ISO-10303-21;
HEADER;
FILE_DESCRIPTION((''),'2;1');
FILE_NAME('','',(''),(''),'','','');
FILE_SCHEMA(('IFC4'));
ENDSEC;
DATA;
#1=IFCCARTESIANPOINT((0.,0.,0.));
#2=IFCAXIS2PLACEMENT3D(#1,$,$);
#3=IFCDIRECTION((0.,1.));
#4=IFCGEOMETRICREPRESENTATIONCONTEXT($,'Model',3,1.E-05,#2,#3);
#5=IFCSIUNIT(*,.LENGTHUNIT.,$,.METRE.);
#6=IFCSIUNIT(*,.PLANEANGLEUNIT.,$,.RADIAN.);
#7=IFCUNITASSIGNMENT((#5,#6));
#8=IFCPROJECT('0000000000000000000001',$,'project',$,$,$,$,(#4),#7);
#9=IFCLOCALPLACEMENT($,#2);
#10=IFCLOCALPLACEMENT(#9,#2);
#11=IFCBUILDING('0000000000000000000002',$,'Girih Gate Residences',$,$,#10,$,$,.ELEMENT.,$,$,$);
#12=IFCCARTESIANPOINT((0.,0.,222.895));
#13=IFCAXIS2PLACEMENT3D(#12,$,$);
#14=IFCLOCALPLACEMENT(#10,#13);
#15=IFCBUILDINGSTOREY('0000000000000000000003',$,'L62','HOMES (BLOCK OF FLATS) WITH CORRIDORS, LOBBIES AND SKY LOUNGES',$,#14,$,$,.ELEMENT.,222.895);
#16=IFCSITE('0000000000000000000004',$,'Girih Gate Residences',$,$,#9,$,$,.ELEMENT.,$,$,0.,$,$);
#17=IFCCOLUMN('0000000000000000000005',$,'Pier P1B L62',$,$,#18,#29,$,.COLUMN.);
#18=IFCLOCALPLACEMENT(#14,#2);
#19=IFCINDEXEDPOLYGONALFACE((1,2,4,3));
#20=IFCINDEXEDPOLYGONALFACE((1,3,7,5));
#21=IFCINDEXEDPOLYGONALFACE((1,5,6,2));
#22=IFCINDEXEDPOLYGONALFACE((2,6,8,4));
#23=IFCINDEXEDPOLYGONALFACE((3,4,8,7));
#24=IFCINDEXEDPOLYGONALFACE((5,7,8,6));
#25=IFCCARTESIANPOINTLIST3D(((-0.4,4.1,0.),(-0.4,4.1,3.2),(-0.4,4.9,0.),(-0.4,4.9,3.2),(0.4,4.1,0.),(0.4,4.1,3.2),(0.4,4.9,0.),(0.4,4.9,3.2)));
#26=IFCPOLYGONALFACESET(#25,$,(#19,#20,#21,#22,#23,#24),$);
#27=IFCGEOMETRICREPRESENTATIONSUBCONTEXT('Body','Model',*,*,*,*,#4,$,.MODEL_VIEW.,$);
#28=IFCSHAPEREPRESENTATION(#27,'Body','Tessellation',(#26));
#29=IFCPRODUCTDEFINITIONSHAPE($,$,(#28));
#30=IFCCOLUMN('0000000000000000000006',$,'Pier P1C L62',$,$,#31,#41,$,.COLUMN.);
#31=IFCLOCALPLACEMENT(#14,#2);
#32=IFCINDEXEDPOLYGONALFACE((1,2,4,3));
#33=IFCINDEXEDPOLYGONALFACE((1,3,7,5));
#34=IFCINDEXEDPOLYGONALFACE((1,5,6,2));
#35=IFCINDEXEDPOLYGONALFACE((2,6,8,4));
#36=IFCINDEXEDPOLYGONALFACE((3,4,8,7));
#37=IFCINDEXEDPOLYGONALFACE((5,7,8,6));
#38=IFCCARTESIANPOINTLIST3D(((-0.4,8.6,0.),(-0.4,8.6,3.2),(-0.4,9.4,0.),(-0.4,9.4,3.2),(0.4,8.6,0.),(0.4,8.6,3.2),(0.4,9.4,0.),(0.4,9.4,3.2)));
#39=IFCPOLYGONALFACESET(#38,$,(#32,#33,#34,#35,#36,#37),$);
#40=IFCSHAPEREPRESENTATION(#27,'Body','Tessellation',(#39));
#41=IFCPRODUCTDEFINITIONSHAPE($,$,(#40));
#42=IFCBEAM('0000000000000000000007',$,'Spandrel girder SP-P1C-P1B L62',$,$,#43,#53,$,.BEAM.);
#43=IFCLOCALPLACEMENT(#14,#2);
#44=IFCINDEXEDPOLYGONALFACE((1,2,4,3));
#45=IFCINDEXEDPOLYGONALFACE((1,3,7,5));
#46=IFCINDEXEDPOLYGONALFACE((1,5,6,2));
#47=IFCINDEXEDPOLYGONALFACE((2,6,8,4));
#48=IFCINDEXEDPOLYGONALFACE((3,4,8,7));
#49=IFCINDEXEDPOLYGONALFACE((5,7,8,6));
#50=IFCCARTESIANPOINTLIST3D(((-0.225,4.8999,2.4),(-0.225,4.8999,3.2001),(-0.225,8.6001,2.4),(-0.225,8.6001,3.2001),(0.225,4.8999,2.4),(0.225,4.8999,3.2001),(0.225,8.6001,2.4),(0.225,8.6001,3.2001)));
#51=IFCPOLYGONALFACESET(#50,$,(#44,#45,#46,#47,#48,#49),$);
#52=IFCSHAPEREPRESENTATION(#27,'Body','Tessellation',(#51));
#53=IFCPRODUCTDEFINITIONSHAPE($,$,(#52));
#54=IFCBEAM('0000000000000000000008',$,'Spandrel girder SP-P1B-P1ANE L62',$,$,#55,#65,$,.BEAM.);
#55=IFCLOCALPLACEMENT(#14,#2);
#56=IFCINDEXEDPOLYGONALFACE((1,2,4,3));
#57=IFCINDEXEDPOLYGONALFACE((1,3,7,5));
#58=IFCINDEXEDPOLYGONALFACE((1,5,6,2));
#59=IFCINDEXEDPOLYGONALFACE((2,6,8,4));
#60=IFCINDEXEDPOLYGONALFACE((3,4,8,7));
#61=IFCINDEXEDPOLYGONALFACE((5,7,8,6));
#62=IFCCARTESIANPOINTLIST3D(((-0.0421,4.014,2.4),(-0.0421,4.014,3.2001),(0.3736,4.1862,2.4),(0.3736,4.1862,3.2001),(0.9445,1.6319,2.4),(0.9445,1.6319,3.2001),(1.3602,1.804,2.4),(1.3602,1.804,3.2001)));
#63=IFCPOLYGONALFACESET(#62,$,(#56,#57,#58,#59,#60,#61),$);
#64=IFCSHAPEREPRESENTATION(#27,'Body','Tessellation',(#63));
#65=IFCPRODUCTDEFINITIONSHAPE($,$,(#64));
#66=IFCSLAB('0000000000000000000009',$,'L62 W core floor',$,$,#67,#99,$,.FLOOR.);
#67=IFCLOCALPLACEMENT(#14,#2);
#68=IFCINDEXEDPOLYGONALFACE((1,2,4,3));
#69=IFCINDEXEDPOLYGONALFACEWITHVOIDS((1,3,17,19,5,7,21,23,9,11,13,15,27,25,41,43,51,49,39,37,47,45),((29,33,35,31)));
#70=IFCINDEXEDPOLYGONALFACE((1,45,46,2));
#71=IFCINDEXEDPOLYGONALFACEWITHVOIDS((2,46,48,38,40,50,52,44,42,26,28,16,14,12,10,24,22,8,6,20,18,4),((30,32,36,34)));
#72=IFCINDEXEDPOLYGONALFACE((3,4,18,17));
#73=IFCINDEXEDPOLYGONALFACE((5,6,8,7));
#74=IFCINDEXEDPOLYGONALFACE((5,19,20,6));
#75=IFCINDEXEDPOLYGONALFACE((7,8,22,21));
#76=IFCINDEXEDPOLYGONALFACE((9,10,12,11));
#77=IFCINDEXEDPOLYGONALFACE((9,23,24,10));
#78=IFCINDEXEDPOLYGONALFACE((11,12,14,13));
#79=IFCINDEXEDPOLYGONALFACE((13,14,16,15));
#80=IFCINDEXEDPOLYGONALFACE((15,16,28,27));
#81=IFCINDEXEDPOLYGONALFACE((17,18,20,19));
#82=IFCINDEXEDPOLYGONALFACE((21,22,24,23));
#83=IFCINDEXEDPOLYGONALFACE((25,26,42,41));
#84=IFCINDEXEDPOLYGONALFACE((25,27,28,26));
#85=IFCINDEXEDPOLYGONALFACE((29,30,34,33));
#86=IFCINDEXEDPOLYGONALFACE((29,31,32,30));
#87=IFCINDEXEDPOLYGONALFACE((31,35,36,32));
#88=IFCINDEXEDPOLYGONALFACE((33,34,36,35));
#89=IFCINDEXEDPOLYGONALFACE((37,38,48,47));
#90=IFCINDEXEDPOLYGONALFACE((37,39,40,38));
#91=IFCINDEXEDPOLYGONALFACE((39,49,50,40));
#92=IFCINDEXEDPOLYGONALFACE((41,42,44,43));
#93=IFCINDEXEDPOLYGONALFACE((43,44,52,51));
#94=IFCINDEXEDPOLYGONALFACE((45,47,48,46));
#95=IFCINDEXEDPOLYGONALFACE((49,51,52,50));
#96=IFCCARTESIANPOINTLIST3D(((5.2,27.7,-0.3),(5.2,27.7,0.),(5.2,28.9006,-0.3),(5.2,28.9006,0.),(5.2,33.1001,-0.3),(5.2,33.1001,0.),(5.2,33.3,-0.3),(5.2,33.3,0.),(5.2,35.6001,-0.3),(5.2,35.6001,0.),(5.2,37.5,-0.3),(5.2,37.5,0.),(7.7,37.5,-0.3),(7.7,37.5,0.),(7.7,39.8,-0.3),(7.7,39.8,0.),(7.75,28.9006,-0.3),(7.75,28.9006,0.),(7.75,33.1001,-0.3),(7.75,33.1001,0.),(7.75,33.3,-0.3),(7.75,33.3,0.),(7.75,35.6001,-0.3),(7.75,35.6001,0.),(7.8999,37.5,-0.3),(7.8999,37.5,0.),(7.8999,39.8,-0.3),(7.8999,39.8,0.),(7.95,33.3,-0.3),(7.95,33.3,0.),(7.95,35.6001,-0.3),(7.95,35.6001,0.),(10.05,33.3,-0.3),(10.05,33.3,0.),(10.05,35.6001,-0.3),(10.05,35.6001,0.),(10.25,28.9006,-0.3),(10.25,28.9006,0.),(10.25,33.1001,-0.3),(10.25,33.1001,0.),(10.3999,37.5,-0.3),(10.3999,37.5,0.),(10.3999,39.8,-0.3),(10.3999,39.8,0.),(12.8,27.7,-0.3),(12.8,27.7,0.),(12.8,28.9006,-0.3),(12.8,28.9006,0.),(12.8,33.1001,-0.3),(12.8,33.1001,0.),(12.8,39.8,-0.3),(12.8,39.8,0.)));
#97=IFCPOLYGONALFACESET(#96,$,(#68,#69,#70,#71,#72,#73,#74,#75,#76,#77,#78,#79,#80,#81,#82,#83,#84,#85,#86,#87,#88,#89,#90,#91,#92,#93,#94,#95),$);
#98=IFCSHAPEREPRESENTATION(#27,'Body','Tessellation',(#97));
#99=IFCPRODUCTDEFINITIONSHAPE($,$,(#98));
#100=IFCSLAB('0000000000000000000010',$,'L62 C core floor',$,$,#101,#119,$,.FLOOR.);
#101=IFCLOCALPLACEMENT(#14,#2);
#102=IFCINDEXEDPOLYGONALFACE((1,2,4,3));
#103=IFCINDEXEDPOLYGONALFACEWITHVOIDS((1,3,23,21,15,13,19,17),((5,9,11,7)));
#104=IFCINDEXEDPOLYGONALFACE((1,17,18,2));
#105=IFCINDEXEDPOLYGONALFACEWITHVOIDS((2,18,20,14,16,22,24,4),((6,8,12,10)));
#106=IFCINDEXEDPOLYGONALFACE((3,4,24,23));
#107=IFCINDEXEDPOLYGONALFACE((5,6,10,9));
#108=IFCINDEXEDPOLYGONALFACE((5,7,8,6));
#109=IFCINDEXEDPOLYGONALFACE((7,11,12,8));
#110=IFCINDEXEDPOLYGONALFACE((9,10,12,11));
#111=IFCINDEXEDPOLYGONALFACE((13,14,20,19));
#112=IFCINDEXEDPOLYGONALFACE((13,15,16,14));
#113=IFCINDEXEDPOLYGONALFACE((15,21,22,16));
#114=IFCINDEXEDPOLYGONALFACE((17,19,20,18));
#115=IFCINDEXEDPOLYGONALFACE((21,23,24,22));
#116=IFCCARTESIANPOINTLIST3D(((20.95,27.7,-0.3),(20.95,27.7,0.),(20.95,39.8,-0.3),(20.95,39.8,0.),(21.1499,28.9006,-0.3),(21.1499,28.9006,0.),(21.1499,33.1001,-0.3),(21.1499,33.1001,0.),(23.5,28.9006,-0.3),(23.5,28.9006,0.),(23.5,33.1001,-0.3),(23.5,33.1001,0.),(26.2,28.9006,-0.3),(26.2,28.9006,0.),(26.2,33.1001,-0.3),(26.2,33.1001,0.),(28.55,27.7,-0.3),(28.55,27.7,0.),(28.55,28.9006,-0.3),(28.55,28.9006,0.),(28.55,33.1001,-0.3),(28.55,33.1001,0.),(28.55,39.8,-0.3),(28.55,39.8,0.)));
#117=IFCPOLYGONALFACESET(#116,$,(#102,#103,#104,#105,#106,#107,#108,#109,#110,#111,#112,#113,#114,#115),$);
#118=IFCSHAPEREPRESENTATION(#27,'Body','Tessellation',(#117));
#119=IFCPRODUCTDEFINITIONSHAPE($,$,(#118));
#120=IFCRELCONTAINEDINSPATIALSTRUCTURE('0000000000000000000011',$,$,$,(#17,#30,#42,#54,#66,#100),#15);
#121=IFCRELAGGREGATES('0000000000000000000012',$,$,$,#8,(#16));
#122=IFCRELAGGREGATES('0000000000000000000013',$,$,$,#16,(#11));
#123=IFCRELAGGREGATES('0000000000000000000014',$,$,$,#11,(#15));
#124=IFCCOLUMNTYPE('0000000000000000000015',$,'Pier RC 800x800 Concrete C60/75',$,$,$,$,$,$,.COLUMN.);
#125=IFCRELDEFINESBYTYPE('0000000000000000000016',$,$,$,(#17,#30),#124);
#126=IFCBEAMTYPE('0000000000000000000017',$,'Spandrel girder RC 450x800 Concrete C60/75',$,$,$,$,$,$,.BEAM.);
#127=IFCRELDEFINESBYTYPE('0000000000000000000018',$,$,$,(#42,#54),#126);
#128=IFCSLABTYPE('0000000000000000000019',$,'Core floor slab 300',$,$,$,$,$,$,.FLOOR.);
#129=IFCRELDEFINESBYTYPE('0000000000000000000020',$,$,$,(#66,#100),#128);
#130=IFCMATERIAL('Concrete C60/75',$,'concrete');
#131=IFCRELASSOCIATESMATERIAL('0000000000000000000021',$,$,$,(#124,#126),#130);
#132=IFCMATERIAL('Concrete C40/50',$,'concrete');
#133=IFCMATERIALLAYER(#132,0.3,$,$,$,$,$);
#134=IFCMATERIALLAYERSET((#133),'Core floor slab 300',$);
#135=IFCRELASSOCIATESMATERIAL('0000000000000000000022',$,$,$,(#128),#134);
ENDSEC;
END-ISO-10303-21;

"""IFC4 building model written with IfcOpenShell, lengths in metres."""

from ifc_helpers import new_model, si_unit, direction, frame, origin, origin_2d, place, context, subcontext, project, spatial, polyline, rectangle, outline, extrude, material, layer, layer_set, material_profile, profile_set, type_object, element, save


model = new_model("IFC4")

# Units and contexts
model_context = context("Model", 3, precision=1e-05, world=origin(), true_north=direction((0.0, 1.0)))
body_context = subcontext(model_context, "Body", "Model", "MODEL_VIEW")
ifc_project = project(units=[si_unit("LENGTHUNIT", "METRE"), si_unit("PLANEANGLEUNIT", "RADIAN")], contexts=[model_context])

# Site, building, storey
site_placement = place(None, origin())
site = spatial("IfcSite", under=ifc_project, at=site_placement, Name="Girih Gate Residences", CompositionType="ELEMENT", RefElevation=0.0)
building_placement = place(site_placement, origin())
building = spatial("IfcBuilding", under=site, at=building_placement, Name="Girih Gate Residences", CompositionType="ELEMENT")
storey_placement = place(building_placement, frame((0.0, 0.0, 222.895)))
storey = spatial("IfcBuildingStorey", under=building, at=storey_placement, Name="L62", Description="HOMES (BLOCK OF FLATS) WITH CORRIDORS, LOBBIES AND SKY LOUNGES", CompositionType="ELEMENT", Elevation=222.895)

# Columns
ifc_material_1 = material(Name="Concrete C60/75", Category="concrete")
ifc_material_profile_1 = material_profile(ifc_material_1, rectangle(XDim=0.8, YDim=0.8, at=origin_2d()))
ifc_profile_set_1 = profile_set([ifc_material_profile_1], Name="Concrete C60/75")
column_type = type_object("IfcColumnType", Name="Pier RC 800x800 Concrete C60/75", PredefinedType="COLUMN", material=ifc_profile_set_1)
for number, where, z_axis, x_axis, name in (
    (1, (0.0, 4.5, 0.0), (0.0, 0.0, 1.0), (1.0, 0.0, 0.0), "Pier P1B L62"),
    (2, (0.0, 9.0, 0.0), (0.0, 0.0, 1.0), (1.0, 0.0, 0.0), "Pier P1C L62"),
):
    element("IfcColumn", number, at=place(storey_placement, frame(where, z_axis=z_axis, x_axis=x_axis)), inside=storey, type_object=column_type, Name=name, PredefinedType="COLUMN", context=body_context, shape_type="SweptSolid", body=[
        extrude(rectangle(XDim=0.8, YDim=0.8, at=origin_2d()), origin(), (0.0, 0.0, 1.0), 3.2),
    ])

# Beams
ifc_material_profile_2 = material_profile(ifc_material_1, rectangle(XDim=0.45, YDim=0.8, at=origin_2d()))
ifc_profile_set_2 = profile_set([ifc_material_profile_2], Name="Concrete C60/75")
beam_type = type_object("IfcBeamType", Name="Spandrel girder RC 450x800 Concrete C60/75", PredefinedType="BEAM", material=ifc_profile_set_2)
beam_1_placement = place(storey_placement, frame((0.0, 8.6001, 2.8), z_axis=(0.0, -1.0, 0.0), x_axis=(1.0, 0.0, 0.0)))
element("IfcBeam", 3, at=beam_1_placement, inside=storey, type_object=beam_type, Name="Spandrel girder SP-P1C-P1B L62", PredefinedType="BEAM", context=body_context, shape_type="SweptSolid", body=[
    extrude(rectangle(XDim=0.45, YDim=0.8, at=origin_2d()), origin(), (0.0, 0.0, 1.0), 3.7002),
])
beam_2_placement = place(storey_placement, frame((0.1658, 4.1001, 2.8), z_axis=(0.382644, -0.923896, 0.0), x_axis=(0.923896, 0.382644, 0.0)))
element("IfcBeam", 4, at=beam_2_placement, inside=storey, type_object=beam_type, Name="Spandrel girder SP-P1B-P1ANE L62", PredefinedType="BEAM", context=body_context, shape_type="SweptSolid", body=[
    extrude(rectangle(XDim=0.45, YDim=0.8, at=origin_2d()), origin(), (0.0, 0.0, 1.0), 2.5784),
])

# Slabs
ifc_material_2 = material(Name="Concrete C40/50", Category="concrete")
ifc_layer_1 = layer(ifc_material_2, 0.3)
ifc_layer_set_1 = layer_set([ifc_layer_1], Name="Core floor slab 300")
slab_type_1 = type_object("IfcSlabType", Name="Core floor slab 300", PredefinedType="FLOOR", material=ifc_layer_set_1)
slab_1_placement = place(storey_placement, frame((0.0, 0.0, -0.3)))
element("IfcSlab", 5, at=slab_1_placement, inside=storey, type_object=slab_type_1, Name="L62 W core floor", PredefinedType="FLOOR", context=body_context, shape_type="SweptSolid", body=[
    extrude(outline(polyline([(12.8, 27.7), (5.2, 27.7), (5.2, 28.9006), (7.75, 28.9006), (7.75, 33.1001), (5.2, 33.1001), (5.2, 33.3), (7.75, 33.3), (7.75, 35.6001), (5.2, 35.6001), (5.2, 37.5), (7.7, 37.5), (7.7, 39.8), (7.8999, 39.8), (7.8999, 37.5), (10.3999, 37.5), (10.3999, 39.8), (12.8, 39.8), (12.8, 33.1001), (10.25, 33.1001), (10.25, 28.9006), (12.8, 28.9006), (12.8, 27.7)]), holes=[polyline([(7.95, 33.3), (10.05, 33.3), (10.05, 35.6001), (7.95, 35.6001), (7.95, 33.3)])]), origin(), (0.0, 0.0, 1.0), 0.3),
])
slab_2_placement = place(storey_placement, frame((0.0, 0.0, -0.3)))
element("IfcSlab", 6, at=slab_2_placement, inside=storey, type_object=slab_type_1, Name="L62 C core floor", PredefinedType="FLOOR", context=body_context, shape_type="SweptSolid", body=[
    extrude(outline(polyline([(28.55, 27.7), (20.95, 27.7), (20.95, 39.8), (28.55, 39.8), (28.55, 33.1001), (26.2, 33.1001), (26.2, 28.9006), (28.55, 28.9006), (28.55, 27.7)]), holes=[polyline([(23.5, 28.9006), (23.5, 33.1001), (21.1499, 33.1001), (21.1499, 28.9006), (23.5, 28.9006)])]), origin(), (0.0, 0.0, 1.0), 0.3),
])

save(model, "model.ifc")
